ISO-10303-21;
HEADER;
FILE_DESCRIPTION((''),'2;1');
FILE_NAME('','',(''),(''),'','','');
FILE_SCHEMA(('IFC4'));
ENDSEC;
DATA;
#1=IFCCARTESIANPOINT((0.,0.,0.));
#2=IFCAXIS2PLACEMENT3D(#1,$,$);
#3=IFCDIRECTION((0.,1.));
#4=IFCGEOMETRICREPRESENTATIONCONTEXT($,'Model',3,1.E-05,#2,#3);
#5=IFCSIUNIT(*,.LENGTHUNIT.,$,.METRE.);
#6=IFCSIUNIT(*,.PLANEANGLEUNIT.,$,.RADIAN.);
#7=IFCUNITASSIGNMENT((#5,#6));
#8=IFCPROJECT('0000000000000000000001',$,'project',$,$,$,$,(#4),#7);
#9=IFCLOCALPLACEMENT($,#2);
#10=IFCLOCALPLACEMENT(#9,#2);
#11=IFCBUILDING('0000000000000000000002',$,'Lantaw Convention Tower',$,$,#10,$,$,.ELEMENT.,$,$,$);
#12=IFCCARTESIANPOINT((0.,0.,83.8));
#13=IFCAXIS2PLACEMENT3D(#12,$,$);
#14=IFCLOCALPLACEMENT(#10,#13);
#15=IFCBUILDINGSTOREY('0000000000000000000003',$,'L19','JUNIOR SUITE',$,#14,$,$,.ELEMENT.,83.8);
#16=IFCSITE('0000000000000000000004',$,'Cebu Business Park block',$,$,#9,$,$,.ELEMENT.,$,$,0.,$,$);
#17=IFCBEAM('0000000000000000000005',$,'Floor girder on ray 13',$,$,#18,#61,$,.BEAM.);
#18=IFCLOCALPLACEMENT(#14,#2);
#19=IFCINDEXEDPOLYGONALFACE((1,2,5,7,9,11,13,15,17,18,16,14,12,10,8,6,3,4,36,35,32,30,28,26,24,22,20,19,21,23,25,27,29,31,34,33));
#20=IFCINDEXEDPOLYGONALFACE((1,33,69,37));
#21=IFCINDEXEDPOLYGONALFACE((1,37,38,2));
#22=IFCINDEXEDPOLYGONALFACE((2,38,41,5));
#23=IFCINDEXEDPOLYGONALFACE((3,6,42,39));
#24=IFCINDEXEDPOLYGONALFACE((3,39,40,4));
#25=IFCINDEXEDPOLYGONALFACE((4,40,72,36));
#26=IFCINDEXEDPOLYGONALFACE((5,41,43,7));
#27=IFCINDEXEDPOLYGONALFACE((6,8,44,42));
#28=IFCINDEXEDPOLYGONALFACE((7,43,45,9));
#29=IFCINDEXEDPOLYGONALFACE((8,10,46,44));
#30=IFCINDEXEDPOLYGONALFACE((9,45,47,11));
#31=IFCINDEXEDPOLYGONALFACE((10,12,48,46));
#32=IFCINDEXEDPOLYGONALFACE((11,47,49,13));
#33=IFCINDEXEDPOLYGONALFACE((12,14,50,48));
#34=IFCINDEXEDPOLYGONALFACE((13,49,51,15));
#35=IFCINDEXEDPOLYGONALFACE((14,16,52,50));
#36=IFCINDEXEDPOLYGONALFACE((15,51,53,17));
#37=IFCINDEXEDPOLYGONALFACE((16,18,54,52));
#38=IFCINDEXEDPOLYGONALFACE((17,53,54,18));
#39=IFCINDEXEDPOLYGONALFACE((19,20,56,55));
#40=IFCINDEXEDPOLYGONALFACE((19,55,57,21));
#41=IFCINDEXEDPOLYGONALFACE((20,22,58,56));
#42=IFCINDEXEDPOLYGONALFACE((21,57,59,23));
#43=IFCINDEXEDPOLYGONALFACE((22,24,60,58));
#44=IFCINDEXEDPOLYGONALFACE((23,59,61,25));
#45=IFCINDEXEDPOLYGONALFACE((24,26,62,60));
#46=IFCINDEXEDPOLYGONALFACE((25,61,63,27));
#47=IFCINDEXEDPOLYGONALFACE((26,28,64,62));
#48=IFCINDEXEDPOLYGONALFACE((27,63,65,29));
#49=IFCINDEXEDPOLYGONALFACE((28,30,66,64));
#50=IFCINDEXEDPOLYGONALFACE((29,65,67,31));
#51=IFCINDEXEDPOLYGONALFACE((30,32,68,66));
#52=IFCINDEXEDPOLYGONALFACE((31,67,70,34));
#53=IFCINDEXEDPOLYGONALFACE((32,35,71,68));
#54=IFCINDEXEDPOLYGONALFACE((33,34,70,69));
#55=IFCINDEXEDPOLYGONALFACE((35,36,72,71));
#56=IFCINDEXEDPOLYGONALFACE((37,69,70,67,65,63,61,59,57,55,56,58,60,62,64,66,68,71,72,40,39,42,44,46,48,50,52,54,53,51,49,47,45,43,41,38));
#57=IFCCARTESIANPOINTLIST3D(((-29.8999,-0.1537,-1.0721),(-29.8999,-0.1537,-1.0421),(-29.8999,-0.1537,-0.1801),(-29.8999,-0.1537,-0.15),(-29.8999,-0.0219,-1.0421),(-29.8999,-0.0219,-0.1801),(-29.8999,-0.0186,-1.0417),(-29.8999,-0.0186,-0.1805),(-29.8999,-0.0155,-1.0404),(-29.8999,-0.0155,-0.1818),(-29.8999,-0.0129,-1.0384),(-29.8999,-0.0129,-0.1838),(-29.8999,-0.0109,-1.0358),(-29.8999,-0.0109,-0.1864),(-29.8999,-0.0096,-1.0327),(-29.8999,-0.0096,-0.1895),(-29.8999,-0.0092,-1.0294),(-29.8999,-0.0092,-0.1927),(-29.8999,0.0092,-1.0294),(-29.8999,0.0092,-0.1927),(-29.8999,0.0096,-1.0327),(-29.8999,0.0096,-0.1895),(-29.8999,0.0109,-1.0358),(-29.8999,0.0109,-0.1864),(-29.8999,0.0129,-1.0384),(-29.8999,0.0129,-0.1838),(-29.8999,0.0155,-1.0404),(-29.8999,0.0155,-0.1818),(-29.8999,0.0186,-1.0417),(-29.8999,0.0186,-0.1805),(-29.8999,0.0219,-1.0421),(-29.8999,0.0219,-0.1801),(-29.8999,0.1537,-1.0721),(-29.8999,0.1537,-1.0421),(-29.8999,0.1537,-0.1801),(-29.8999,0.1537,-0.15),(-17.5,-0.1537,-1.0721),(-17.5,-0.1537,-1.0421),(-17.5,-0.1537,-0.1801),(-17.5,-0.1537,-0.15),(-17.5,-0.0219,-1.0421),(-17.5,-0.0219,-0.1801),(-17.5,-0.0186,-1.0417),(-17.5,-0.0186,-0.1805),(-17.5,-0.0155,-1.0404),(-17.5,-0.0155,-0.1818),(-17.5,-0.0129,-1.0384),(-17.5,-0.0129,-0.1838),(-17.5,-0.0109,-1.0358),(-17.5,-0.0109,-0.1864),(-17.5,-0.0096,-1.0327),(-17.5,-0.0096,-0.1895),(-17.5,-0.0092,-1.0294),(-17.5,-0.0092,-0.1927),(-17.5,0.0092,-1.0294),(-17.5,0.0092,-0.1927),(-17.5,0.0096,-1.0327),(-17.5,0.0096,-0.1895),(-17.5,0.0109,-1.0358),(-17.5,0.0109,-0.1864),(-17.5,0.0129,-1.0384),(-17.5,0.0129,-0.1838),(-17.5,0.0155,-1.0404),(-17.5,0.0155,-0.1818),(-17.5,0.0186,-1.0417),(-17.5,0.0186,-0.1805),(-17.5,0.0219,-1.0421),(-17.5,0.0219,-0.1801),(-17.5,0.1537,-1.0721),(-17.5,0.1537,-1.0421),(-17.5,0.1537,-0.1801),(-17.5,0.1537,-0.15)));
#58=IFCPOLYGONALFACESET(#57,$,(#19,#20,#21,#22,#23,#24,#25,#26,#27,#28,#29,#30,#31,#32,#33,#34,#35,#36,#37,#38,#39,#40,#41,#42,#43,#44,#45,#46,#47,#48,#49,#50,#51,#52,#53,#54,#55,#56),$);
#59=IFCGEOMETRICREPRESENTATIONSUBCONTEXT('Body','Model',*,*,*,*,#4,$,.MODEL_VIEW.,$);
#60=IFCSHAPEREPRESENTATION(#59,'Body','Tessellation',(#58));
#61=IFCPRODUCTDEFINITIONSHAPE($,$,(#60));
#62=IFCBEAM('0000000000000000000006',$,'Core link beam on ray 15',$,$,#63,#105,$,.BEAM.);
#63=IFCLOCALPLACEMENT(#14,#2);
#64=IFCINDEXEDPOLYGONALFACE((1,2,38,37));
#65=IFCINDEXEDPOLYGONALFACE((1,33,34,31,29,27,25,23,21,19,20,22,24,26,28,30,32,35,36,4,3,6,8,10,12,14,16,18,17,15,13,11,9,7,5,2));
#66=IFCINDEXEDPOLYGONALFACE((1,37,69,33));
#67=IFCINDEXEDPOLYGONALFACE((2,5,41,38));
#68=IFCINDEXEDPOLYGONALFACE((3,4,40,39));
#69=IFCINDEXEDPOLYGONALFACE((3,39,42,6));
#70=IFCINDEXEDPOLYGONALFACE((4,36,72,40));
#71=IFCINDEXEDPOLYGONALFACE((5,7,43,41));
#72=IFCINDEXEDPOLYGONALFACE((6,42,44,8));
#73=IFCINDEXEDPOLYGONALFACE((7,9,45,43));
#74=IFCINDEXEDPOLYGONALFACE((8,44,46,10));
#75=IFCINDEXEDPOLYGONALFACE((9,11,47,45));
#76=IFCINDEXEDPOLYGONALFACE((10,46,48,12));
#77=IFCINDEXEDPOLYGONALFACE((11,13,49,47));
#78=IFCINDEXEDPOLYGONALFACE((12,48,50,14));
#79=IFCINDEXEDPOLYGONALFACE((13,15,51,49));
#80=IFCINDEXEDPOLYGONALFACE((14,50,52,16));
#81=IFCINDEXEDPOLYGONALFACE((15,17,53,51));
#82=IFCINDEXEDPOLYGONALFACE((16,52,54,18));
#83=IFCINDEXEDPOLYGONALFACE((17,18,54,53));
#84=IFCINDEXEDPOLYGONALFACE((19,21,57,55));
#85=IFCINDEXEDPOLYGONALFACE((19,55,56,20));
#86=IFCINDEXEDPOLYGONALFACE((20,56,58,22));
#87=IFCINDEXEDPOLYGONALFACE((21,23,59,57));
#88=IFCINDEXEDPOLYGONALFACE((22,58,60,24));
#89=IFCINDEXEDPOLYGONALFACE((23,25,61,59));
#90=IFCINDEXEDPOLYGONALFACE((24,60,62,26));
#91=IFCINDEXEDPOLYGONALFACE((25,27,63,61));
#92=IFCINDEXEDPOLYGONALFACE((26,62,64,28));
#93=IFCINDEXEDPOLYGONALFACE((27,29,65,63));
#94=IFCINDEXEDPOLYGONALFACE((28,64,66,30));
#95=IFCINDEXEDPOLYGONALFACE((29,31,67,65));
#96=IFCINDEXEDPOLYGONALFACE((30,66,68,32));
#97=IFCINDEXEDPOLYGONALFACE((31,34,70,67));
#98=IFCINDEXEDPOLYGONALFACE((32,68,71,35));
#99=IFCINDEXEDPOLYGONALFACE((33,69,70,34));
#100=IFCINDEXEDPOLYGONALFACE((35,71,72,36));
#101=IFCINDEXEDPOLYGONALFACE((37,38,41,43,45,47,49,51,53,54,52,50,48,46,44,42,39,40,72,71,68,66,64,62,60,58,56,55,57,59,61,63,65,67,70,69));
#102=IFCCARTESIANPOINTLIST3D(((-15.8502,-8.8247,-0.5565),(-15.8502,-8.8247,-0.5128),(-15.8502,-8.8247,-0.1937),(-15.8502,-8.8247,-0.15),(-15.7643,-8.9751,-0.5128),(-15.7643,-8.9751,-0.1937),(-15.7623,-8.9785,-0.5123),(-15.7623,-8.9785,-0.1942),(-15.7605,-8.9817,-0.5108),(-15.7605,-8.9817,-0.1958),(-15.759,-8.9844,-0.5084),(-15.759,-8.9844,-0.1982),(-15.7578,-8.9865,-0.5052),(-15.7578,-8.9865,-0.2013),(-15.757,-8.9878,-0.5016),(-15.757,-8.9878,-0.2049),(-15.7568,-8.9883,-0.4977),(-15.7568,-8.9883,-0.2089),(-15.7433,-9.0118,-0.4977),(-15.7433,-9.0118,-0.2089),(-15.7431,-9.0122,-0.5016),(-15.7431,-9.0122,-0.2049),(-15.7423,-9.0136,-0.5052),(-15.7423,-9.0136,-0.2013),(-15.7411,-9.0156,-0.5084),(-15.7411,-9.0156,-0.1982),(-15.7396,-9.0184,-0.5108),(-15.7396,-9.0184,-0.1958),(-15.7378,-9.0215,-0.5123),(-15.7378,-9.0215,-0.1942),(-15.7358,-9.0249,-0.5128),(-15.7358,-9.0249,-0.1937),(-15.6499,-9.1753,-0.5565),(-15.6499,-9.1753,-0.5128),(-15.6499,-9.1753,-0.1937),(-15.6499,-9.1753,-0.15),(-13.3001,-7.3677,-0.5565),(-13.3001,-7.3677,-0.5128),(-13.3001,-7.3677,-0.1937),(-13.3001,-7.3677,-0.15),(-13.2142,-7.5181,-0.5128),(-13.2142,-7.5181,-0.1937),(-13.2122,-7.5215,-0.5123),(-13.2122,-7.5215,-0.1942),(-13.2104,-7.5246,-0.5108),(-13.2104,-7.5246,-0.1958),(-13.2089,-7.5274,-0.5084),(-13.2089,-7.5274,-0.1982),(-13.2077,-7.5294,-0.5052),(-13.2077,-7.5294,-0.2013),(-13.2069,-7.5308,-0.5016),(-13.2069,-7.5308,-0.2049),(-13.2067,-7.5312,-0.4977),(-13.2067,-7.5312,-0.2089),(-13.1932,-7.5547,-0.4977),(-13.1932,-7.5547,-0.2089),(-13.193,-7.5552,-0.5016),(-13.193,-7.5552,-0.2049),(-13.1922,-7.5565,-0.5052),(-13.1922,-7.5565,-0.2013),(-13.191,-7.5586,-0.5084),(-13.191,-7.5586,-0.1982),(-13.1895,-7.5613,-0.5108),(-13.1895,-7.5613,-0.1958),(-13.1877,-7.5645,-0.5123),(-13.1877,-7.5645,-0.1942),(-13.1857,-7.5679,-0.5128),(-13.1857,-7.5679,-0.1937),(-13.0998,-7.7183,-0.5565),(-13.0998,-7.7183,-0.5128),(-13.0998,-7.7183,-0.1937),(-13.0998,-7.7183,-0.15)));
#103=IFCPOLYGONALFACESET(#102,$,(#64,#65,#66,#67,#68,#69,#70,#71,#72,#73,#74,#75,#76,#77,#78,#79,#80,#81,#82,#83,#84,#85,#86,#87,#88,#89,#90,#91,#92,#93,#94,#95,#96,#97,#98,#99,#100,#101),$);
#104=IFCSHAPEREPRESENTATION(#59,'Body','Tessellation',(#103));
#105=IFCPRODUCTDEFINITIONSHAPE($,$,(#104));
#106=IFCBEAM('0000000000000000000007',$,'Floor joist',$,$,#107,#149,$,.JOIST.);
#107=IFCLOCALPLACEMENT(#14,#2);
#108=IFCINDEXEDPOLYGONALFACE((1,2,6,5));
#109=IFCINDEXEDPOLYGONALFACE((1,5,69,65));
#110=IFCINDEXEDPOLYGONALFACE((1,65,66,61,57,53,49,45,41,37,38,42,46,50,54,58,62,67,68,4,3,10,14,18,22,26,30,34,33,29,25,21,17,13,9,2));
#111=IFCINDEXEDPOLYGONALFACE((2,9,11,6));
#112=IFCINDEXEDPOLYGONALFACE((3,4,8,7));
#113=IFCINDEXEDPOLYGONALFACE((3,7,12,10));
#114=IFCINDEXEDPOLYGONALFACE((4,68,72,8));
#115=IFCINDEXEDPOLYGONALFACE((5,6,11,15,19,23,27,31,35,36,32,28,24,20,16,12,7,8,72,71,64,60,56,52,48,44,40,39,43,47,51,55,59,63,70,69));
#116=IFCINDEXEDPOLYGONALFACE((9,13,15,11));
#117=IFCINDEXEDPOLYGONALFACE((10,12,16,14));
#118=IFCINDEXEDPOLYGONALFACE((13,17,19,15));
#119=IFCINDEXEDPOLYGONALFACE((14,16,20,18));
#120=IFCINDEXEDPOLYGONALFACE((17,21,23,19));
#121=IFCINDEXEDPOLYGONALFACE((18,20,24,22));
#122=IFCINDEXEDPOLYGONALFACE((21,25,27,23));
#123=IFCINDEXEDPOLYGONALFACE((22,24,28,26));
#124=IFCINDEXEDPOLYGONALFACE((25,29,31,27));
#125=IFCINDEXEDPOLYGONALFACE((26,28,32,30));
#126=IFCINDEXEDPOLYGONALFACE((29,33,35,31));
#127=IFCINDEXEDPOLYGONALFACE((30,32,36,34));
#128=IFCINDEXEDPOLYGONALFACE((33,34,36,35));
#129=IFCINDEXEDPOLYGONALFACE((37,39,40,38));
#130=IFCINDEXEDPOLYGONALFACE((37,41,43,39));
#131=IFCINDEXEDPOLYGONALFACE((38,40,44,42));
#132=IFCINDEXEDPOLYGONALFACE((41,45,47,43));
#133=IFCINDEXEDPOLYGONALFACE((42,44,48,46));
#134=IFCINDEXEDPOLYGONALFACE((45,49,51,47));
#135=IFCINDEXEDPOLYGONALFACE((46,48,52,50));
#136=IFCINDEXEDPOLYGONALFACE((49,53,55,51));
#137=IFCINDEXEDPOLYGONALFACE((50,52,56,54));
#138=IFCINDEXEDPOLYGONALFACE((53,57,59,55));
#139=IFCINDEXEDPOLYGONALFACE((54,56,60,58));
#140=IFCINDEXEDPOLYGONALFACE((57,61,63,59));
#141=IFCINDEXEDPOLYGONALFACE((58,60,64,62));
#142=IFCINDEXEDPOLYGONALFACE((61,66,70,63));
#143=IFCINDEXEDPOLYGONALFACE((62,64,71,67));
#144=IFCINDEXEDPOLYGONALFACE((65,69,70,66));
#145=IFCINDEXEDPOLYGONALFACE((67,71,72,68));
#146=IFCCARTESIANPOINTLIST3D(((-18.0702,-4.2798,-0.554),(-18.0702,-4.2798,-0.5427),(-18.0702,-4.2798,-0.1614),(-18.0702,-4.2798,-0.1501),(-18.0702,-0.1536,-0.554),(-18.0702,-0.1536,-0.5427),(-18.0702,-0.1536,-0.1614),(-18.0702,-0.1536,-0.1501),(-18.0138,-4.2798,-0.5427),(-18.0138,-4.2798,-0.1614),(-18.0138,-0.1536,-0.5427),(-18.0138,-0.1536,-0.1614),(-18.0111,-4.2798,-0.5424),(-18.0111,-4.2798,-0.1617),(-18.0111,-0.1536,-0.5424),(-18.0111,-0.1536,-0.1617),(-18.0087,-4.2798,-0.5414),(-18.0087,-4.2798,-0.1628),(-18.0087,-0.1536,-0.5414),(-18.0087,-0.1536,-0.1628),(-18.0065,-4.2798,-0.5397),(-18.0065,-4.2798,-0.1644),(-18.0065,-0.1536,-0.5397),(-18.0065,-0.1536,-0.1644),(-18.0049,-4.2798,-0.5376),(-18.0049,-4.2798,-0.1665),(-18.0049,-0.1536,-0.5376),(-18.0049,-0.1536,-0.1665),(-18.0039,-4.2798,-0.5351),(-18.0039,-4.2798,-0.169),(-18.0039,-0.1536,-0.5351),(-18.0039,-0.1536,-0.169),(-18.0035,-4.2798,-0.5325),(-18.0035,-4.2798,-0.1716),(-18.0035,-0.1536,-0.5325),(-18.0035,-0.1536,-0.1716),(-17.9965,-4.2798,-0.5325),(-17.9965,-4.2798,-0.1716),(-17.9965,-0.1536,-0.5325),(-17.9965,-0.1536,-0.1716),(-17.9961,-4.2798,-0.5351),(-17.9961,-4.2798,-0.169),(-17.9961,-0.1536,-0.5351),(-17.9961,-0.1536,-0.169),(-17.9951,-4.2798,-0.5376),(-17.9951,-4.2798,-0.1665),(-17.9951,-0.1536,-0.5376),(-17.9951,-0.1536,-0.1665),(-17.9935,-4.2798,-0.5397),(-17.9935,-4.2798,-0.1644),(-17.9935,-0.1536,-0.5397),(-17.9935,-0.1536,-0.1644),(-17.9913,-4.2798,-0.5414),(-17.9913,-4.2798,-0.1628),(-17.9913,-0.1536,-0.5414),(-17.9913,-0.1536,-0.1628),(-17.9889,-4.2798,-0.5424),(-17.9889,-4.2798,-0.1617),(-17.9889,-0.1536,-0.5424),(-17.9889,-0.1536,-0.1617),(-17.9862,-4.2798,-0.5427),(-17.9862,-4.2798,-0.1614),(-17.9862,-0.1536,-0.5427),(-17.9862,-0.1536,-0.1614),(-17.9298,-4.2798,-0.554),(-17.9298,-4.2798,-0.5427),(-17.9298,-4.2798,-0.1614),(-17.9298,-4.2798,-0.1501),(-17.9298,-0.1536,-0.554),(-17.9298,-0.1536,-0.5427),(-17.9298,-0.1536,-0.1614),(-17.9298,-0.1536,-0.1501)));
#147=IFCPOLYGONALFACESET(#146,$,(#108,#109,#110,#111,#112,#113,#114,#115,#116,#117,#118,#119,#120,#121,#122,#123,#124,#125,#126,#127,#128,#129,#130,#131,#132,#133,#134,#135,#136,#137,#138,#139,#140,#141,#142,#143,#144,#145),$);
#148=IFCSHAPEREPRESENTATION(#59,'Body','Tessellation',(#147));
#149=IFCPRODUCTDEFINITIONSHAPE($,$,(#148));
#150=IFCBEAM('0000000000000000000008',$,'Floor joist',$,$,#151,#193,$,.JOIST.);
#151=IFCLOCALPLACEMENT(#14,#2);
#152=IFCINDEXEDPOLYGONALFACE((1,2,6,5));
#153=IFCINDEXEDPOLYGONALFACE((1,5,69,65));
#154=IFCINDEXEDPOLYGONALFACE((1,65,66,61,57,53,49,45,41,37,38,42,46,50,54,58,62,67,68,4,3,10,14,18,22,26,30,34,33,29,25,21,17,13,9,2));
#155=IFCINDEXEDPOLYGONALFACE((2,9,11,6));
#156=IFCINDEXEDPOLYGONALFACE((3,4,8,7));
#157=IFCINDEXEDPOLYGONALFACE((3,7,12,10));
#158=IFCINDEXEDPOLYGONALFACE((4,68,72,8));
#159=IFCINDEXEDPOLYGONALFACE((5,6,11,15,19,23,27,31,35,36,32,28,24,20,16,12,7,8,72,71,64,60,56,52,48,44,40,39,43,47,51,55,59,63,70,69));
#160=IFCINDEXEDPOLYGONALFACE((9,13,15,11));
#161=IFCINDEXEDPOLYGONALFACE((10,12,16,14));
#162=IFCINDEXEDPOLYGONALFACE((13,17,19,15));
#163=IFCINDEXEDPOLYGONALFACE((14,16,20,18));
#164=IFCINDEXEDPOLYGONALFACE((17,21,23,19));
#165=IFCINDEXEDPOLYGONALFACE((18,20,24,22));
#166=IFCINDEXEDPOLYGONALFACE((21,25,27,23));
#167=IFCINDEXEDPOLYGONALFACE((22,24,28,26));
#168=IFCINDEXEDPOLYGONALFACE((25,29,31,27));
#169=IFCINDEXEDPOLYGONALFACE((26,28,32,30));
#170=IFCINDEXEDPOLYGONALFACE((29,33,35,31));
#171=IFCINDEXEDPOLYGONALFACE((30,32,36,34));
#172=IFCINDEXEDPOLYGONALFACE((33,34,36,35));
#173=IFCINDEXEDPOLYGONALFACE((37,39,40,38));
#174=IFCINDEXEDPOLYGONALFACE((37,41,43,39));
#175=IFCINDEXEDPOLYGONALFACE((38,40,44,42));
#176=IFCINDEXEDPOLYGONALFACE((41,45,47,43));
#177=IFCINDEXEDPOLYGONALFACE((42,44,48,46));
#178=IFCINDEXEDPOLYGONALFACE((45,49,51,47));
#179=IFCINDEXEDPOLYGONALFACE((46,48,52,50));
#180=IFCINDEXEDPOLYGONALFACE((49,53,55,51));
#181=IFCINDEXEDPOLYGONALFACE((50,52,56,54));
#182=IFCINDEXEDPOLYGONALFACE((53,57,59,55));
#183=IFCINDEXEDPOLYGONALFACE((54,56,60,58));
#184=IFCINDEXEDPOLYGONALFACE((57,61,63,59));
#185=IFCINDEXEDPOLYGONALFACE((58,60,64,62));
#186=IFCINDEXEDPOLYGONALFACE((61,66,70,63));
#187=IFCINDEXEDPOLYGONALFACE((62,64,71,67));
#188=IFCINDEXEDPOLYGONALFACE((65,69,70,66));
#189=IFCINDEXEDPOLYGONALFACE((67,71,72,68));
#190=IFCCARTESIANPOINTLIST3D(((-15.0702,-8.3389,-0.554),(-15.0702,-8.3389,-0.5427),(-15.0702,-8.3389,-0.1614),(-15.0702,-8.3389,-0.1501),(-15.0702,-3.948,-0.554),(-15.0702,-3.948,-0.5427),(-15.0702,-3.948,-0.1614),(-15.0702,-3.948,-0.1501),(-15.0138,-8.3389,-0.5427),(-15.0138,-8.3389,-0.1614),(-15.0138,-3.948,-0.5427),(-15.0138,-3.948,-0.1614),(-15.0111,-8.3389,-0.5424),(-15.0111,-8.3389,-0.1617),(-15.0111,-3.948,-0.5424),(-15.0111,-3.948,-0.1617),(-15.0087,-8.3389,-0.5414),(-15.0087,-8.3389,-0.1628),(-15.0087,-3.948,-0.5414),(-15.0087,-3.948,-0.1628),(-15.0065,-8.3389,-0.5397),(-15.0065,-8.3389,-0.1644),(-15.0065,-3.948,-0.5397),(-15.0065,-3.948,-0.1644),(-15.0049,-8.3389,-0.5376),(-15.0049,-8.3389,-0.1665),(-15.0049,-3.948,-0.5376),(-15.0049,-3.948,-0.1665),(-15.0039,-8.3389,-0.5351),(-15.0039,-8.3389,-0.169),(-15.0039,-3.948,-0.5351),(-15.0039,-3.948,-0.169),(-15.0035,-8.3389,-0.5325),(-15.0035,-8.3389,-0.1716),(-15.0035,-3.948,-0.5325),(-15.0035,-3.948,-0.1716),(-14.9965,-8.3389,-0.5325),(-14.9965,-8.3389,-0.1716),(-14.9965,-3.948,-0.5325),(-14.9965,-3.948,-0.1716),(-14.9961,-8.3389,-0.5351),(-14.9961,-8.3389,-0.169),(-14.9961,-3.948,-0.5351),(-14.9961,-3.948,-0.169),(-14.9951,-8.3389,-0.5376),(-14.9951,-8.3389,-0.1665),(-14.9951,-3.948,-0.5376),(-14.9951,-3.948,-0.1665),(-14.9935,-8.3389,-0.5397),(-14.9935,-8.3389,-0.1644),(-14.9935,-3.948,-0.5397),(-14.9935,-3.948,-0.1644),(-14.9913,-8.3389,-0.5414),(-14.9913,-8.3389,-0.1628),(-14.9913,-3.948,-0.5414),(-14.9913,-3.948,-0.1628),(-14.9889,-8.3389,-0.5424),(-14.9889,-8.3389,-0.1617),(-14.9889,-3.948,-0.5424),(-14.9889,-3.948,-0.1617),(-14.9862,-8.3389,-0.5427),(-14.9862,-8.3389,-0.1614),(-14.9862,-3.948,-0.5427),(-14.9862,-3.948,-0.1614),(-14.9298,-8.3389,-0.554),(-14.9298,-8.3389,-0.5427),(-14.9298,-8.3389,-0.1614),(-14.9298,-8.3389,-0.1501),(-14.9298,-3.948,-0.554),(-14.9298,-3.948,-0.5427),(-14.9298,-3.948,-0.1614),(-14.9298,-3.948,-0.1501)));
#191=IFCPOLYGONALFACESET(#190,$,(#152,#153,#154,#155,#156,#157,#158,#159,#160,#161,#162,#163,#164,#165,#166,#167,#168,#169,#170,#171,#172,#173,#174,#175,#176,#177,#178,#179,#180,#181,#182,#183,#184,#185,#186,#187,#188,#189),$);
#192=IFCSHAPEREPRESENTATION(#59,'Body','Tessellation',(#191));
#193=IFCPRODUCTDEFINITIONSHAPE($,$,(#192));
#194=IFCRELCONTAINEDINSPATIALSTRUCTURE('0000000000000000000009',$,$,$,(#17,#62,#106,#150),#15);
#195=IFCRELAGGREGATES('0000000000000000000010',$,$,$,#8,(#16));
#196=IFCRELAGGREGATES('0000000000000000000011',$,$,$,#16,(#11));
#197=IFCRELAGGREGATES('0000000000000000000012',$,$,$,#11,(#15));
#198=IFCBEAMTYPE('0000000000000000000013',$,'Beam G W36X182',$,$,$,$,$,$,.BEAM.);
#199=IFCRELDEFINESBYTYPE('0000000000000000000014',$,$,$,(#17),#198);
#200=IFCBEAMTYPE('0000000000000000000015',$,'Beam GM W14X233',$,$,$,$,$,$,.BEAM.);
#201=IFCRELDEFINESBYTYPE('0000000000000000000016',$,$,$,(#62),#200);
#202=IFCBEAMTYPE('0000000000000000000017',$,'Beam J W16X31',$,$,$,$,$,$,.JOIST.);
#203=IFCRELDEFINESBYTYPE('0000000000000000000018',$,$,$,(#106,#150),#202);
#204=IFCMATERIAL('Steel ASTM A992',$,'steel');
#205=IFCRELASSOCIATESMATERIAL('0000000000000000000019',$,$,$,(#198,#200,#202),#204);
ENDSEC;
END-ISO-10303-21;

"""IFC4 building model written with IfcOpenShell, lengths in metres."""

from ifc_helpers import new_model, si_unit, direction, frame, origin, origin_2d, place, context, subcontext, project, spatial, i_section, extrude, material, material_profile, profile_set, type_object, element, save


model = new_model("IFC4")

# Units and contexts
model_context = context("Model", 3, precision=1e-05, world=origin(), true_north=direction((0.0, 1.0)))
body_context = subcontext(model_context, "Body", "Model", "MODEL_VIEW")
ifc_project = project(units=[si_unit("LENGTHUNIT", "METRE"), si_unit("PLANEANGLEUNIT", "RADIAN")], contexts=[model_context])

# Site, building, storey
site_placement = place(None, origin())
site = spatial("IfcSite", under=ifc_project, at=site_placement, Name="Cebu Business Park block", CompositionType="ELEMENT", RefElevation=0.0)
building_placement = place(site_placement, origin())
building = spatial("IfcBuilding", under=site, at=building_placement, Name="Lantaw Convention Tower", CompositionType="ELEMENT")
storey_placement = place(building_placement, frame((0.0, 0.0, 83.8)))
storey = spatial("IfcBuildingStorey", under=building, at=storey_placement, Name="L19", Description="JUNIOR SUITE", CompositionType="ELEMENT", Elevation=83.8)

# Beams
ifc_material_1 = material(Name="Steel ASTM A992", Category="steel")
ifc_material_profile_1 = material_profile(ifc_material_1, i_section(OverallWidth=0.3074, OverallDepth=0.9221, WebThickness=0.0183, FlangeThickness=0.03, FilletRadius=0.0127, at=origin_2d()), Name="W36X182")
ifc_profile_set_1 = profile_set([ifc_material_profile_1], Name="Steel ASTM A992")
beam_type_1 = type_object("IfcBeamType", Name="Beam G W36X182", PredefinedType="BEAM", material=ifc_profile_set_1)
beam_1_placement = place(storey_placement, frame((-17.5, 0.0, -0.6111), z_axis=(-1.0, 0.0, 0.0), x_axis=(0.0, -1.0, 0.0)))
element("IfcBeam", 1, at=beam_1_placement, inside=storey, type_object=beam_type_1, Name="Floor girder on ray 13", PredefinedType="BEAM", context=body_context, shape_type="SweptSolid", body=[
    extrude(i_section(OverallWidth=0.3074, OverallDepth=0.9221, WebThickness=0.0183, FlangeThickness=0.03, FilletRadius=0.0127, at=origin_2d()), origin(), (0.0, 0.0, 1.0), 12.3999),
])
ifc_material_profile_2 = material_profile(ifc_material_1, i_section(OverallWidth=0.4038, OverallDepth=0.4065, WebThickness=0.0271, FlangeThickness=0.0437, FilletRadius=0.0151, at=origin_2d()), Name="W14X233")
ifc_profile_set_2 = profile_set([ifc_material_profile_2], Name="Steel ASTM A992")
beam_type_2 = type_object("IfcBeamType", Name="Beam GM W14X233", PredefinedType="BEAM", material=ifc_profile_set_2)
beam_2_placement = place(storey_placement, frame((-13.2, -7.543, -0.3533), z_axis=(-0.868264, -0.496103, 0.0), x_axis=(0.496103, -0.868264, 0.0)))
element("IfcBeam", 2, at=beam_2_placement, inside=storey, type_object=beam_type_2, Name="Core link beam on ray 15", PredefinedType="BEAM", context=body_context, shape_type="SweptSolid", body=[
    extrude(i_section(OverallWidth=0.4038, OverallDepth=0.4065, WebThickness=0.0271, FlangeThickness=0.0437, FilletRadius=0.0151, at=origin_2d()), origin(), (0.0, 0.0, 1.0), 2.937),
])
ifc_material_profile_3 = material_profile(ifc_material_1, i_section(OverallWidth=0.1404, OverallDepth=0.4038, WebThickness=0.0071, FlangeThickness=0.0112, FilletRadius=0.0103, at=origin_2d()), Name="W16X31")
ifc_profile_set_3 = profile_set([ifc_material_profile_3], Name="Steel ASTM A992")
beam_type_3 = type_object("IfcBeamType", Name="Beam J W16X31", PredefinedType="JOIST", material=ifc_profile_set_3)
beam_3_placement = place(storey_placement, frame((-18.0, -4.2798, -0.3521), z_axis=(0.0, 1.0, 0.0), x_axis=(-1.0, 0.0, 0.0)))
element("IfcBeam", 3, at=beam_3_placement, inside=storey, type_object=beam_type_3, Name="Floor joist", PredefinedType="JOIST", context=body_context, shape_type="SweptSolid", body=[
    extrude(i_section(OverallWidth=0.1404, OverallDepth=0.4038, WebThickness=0.0071, FlangeThickness=0.0112, FilletRadius=0.0103, at=origin_2d()), origin(), (0.0, 0.0, 1.0), 4.1262),
])
beam_4_placement = place(storey_placement, frame((-15.0, -8.3389, -0.3521), z_axis=(0.0, 1.0, 0.0), x_axis=(-1.0, 0.0, 0.0)))
element("IfcBeam", 4, at=beam_4_placement, inside=storey, type_object=beam_type_3, Name="Floor joist", PredefinedType="JOIST", context=body_context, shape_type="SweptSolid", body=[
    extrude(i_section(OverallWidth=0.1404, OverallDepth=0.4038, WebThickness=0.0071, FlangeThickness=0.0112, FilletRadius=0.0103, at=origin_2d()), origin(), (0.0, 0.0, 1.0), 4.3909),
])

save(model, "model.ifc")
